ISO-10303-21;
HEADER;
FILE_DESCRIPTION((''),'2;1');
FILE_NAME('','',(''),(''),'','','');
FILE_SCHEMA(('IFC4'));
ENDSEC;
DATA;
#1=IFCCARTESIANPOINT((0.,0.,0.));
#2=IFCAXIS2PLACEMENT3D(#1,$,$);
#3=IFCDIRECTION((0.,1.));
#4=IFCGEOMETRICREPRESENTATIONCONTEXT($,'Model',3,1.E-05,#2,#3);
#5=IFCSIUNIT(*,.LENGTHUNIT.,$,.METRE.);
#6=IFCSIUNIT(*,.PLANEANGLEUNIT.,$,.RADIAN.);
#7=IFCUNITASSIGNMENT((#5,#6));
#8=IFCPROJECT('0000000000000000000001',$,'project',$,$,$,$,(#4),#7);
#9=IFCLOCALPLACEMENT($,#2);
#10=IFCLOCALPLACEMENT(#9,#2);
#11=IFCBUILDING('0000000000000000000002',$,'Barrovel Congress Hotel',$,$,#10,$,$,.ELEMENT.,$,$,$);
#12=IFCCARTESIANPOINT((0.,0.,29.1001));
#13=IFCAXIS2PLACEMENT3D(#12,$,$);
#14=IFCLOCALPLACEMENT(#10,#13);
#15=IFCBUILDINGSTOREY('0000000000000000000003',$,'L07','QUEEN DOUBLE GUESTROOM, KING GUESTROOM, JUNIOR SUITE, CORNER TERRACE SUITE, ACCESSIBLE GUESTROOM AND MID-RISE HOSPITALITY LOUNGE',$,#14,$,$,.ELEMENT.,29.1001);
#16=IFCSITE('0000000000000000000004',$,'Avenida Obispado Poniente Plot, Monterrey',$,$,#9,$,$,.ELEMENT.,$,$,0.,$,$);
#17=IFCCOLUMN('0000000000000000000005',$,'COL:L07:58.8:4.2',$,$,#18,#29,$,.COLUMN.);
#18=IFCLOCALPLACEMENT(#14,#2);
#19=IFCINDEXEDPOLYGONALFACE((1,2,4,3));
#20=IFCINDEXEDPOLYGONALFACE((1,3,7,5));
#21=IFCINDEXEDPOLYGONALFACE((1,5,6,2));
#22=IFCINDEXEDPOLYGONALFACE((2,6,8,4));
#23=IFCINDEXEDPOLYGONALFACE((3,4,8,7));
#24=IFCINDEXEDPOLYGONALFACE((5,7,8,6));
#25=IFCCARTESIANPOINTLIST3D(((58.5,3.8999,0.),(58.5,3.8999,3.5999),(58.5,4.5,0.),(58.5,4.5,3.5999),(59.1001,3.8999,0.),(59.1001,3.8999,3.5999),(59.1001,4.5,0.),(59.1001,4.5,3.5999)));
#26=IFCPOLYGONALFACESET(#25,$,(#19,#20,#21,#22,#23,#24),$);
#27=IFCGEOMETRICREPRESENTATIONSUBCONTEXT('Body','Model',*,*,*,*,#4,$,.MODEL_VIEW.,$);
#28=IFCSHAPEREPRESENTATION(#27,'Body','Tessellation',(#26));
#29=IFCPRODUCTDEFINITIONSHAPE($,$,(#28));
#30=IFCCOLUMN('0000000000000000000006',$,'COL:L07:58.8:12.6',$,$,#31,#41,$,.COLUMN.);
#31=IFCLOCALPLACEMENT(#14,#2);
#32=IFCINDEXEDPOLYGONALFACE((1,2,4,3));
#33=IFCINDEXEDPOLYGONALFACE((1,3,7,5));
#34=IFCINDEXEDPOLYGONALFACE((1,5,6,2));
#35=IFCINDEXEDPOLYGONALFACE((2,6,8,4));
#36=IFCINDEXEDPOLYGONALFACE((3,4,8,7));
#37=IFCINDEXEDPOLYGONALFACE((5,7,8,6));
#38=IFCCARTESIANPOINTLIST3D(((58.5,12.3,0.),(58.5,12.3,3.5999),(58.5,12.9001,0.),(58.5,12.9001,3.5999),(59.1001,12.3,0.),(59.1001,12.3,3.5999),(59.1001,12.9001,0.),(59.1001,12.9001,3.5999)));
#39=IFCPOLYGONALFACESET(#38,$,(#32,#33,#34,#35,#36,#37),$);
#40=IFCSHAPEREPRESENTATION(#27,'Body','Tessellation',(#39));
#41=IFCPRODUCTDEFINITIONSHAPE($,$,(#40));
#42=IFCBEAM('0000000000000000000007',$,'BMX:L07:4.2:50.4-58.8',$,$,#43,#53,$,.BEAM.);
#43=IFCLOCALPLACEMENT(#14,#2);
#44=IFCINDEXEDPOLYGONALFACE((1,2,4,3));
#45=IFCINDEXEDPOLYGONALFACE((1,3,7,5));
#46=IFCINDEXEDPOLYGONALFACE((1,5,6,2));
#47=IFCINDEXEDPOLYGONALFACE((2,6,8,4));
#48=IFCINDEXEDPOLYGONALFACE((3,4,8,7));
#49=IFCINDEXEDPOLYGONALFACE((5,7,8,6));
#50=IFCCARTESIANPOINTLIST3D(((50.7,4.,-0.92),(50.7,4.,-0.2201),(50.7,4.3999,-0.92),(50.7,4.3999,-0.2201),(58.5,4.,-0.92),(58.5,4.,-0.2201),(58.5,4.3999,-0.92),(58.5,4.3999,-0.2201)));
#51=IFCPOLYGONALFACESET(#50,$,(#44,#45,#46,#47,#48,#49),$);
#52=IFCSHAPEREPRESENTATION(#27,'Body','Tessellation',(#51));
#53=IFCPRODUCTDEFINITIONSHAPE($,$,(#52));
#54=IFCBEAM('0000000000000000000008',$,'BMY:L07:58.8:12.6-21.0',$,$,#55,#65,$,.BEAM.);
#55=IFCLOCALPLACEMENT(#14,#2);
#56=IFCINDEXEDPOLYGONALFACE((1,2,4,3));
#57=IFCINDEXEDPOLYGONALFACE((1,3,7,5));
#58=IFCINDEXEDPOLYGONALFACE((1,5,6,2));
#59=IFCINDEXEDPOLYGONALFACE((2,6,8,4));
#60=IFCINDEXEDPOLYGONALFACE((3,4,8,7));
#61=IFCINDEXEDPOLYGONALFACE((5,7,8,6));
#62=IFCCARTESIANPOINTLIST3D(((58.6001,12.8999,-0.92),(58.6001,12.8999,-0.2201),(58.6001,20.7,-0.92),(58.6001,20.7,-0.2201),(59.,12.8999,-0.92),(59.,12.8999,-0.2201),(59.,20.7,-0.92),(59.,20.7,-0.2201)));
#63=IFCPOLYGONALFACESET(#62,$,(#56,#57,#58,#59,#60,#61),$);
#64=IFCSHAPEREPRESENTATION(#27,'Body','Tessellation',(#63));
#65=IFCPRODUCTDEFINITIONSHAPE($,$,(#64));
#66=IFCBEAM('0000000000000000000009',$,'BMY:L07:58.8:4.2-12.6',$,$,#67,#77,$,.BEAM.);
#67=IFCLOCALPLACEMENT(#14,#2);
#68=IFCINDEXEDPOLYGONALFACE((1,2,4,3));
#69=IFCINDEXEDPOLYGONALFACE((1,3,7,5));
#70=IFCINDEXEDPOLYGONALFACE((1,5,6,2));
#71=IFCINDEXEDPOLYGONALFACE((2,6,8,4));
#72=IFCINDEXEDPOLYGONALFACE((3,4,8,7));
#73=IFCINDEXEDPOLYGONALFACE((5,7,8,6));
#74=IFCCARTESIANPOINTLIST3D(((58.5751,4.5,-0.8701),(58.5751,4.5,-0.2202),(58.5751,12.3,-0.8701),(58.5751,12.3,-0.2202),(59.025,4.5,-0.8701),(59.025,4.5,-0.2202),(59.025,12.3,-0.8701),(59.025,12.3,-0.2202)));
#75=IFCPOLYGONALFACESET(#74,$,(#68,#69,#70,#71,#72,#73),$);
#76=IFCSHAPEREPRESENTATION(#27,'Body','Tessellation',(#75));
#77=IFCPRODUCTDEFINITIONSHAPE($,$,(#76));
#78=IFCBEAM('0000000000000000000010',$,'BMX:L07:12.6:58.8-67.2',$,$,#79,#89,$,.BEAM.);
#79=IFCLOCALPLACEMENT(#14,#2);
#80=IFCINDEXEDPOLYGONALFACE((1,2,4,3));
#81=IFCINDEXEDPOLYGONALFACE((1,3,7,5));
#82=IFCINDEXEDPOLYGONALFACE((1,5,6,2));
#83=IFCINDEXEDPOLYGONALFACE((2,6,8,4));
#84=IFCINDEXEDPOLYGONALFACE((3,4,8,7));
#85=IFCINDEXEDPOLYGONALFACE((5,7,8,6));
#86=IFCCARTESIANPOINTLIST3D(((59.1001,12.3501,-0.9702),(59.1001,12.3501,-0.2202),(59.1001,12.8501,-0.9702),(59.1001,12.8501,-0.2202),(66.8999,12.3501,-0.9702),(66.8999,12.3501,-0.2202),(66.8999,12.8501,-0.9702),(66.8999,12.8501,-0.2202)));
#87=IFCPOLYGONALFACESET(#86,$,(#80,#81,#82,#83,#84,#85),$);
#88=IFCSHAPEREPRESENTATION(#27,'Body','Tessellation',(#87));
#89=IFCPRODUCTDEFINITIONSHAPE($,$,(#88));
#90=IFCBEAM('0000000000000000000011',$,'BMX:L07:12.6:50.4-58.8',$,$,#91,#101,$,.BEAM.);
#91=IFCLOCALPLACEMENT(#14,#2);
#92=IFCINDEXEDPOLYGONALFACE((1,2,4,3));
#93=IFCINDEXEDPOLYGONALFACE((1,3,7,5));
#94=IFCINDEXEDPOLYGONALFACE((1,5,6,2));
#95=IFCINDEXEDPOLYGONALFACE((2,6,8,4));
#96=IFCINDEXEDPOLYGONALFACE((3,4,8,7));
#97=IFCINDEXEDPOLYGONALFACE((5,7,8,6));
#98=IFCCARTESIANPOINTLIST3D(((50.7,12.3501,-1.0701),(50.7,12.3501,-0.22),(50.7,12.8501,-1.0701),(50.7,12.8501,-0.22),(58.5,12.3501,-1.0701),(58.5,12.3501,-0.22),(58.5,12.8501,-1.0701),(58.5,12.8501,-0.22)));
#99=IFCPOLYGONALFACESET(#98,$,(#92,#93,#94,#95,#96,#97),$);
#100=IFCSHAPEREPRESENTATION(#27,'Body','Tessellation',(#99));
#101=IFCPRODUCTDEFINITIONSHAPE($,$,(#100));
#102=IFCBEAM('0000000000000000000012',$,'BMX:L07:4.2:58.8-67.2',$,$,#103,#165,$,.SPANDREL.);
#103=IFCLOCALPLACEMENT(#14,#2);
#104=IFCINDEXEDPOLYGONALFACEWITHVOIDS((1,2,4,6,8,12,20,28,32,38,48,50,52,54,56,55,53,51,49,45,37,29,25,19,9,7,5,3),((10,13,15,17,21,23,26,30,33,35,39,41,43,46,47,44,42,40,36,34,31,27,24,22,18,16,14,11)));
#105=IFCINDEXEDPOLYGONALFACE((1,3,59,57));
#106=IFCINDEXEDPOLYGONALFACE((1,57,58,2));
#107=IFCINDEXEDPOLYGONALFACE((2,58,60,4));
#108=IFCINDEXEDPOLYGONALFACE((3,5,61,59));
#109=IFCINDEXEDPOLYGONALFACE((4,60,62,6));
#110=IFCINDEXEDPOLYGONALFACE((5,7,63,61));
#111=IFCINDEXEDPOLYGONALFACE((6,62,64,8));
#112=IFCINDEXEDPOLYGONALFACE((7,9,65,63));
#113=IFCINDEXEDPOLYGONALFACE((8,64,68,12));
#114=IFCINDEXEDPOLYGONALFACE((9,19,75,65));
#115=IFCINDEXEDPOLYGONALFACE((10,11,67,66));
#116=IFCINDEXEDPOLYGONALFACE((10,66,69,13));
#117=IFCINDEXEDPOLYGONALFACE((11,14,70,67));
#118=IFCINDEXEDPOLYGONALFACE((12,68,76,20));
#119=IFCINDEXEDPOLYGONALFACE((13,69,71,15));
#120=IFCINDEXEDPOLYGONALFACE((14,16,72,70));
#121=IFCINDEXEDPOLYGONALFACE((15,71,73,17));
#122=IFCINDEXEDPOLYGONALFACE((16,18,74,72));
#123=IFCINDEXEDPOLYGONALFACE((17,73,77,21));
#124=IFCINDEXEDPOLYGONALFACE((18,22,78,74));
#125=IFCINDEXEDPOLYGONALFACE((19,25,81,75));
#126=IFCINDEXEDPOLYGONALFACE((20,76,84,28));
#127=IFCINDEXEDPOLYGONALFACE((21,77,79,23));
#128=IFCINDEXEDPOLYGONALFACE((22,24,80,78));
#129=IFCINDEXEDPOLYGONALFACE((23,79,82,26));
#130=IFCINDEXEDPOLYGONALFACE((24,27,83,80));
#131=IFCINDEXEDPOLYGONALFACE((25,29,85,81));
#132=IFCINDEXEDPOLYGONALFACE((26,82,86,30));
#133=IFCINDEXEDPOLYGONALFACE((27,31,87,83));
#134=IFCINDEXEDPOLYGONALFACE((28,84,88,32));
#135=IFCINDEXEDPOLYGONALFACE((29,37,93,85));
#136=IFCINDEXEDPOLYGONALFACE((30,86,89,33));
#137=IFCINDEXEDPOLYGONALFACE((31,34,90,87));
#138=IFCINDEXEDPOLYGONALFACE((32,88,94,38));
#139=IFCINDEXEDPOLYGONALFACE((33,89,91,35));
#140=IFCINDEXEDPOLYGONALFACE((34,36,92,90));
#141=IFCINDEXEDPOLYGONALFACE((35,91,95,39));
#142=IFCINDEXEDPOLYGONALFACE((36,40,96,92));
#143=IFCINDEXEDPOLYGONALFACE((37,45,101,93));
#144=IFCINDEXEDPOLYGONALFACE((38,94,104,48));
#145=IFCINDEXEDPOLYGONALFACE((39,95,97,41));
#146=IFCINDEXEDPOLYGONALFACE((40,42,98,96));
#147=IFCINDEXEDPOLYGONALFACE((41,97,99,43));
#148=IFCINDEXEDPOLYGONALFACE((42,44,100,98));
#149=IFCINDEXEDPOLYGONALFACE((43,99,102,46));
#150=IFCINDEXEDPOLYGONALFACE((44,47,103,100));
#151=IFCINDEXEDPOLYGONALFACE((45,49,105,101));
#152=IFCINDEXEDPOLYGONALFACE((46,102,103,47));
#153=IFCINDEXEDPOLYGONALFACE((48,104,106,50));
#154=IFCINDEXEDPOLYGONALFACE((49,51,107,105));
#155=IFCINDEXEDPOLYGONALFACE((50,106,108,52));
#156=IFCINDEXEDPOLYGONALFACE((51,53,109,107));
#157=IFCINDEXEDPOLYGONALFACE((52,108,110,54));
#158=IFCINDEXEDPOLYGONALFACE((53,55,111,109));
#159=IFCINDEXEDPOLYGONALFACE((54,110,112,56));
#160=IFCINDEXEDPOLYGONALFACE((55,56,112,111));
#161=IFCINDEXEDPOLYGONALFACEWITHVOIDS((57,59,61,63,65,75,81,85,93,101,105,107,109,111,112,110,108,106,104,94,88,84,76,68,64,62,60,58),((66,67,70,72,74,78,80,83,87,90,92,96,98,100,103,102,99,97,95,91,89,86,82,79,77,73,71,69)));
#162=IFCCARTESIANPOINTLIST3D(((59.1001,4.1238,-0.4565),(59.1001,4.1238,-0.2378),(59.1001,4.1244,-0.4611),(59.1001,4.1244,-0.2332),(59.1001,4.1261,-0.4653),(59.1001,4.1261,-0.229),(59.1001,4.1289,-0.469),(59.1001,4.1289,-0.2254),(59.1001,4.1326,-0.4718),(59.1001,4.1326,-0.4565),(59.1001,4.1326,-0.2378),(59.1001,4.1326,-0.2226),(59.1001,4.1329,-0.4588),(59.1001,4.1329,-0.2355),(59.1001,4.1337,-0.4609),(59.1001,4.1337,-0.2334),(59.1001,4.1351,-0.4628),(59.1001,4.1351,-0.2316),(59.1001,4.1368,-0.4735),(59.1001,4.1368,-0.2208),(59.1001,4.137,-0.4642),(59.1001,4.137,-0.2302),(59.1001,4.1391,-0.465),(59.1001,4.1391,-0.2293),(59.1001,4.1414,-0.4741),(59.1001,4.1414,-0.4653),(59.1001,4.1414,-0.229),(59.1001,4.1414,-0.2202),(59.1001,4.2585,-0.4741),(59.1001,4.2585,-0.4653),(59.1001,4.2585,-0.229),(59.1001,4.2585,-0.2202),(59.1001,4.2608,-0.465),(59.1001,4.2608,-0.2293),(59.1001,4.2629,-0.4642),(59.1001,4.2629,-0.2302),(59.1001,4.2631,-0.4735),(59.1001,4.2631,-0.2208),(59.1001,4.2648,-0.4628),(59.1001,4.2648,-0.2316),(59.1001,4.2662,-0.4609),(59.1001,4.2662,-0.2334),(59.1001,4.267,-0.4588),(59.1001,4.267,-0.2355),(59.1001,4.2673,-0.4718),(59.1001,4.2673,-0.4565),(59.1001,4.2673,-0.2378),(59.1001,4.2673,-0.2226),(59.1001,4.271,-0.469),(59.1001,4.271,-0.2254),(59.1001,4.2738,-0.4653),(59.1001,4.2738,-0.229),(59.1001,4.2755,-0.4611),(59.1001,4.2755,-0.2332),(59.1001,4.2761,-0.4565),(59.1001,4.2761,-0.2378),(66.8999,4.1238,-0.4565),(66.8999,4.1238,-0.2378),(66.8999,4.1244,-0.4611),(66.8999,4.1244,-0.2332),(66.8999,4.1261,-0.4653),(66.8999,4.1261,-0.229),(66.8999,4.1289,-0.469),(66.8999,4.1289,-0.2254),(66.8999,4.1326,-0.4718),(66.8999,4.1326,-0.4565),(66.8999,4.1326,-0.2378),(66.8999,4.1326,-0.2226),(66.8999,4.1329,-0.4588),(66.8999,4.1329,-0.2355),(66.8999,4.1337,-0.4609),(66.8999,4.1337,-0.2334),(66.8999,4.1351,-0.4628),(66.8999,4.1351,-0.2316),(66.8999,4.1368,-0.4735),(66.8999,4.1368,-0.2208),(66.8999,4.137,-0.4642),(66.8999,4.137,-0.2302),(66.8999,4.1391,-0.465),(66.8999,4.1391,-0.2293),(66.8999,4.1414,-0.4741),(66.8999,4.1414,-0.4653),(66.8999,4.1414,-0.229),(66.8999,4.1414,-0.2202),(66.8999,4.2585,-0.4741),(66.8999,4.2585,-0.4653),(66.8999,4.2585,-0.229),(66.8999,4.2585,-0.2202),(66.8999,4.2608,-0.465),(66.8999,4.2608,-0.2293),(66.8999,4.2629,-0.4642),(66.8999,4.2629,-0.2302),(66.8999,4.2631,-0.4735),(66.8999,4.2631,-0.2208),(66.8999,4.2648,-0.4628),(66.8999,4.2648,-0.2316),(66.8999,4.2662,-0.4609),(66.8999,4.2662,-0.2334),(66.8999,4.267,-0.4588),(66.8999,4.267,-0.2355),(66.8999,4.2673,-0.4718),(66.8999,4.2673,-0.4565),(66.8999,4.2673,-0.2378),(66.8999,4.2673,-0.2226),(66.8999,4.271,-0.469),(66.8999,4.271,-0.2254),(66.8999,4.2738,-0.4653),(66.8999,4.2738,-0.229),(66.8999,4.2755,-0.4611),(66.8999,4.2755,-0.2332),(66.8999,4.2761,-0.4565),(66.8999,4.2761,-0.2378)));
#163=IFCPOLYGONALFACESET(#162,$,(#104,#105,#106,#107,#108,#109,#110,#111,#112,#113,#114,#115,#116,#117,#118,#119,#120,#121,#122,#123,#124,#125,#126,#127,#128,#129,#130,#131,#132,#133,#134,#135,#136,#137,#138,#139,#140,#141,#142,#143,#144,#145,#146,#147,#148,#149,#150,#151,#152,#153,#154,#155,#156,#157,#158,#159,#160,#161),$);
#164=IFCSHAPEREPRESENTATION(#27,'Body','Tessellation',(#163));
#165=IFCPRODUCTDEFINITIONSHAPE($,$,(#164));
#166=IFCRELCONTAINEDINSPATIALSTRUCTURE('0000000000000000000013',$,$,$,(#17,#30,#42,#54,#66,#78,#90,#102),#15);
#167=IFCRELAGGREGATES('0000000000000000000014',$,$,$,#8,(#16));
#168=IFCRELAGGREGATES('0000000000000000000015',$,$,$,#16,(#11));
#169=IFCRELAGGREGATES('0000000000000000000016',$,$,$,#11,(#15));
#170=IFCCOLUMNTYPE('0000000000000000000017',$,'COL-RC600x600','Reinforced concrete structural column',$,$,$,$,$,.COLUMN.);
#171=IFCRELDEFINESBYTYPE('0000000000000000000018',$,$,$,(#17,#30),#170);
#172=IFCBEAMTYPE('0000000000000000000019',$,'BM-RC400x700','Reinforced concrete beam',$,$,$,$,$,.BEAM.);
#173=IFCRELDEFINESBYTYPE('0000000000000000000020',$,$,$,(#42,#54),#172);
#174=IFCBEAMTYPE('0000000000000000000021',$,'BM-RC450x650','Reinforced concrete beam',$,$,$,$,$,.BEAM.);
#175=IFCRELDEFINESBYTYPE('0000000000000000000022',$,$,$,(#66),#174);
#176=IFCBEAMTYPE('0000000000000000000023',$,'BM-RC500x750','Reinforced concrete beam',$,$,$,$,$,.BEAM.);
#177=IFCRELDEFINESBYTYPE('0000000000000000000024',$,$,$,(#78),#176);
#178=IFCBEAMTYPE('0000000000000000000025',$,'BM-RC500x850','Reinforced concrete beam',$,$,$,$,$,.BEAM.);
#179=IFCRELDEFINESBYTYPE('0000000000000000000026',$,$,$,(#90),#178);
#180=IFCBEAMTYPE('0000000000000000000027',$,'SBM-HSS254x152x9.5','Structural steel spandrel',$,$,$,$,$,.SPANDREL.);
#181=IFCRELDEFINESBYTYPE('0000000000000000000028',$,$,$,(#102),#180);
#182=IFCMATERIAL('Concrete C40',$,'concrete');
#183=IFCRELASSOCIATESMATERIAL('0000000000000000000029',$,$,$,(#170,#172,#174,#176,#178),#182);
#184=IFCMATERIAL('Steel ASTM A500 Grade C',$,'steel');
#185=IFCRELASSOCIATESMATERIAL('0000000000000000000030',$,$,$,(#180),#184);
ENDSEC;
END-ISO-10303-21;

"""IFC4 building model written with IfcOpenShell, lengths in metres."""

from ifc_helpers import new_model, si_unit, direction, frame, origin, origin_2d, place, context, subcontext, project, spatial, rectangle, hollow_rectangle, extrude, material, material_profile, profile_set, type_object, element, save


model = new_model("IFC4")

# Units and contexts
model_context = context("Model", 3, precision=1e-05, world=origin(), true_north=direction((0.0, 1.0)))
body_context = subcontext(model_context, "Body", "Model", "MODEL_VIEW")
ifc_project = project(units=[si_unit("LENGTHUNIT", "METRE"), si_unit("PLANEANGLEUNIT", "RADIAN")], contexts=[model_context])

# Site, building, storey
site_placement = place(None, origin())
site = spatial("IfcSite", under=ifc_project, at=site_placement, Name="Avenida Obispado Poniente Plot, Monterrey", CompositionType="ELEMENT", RefElevation=0.0)
building_placement = place(site_placement, origin())
building = spatial("IfcBuilding", under=site, at=building_placement, Name="Barrovel Congress Hotel", CompositionType="ELEMENT")
storey_placement = place(building_placement, frame((0.0, 0.0, 29.1001)))
storey = spatial("IfcBuildingStorey", under=building, at=storey_placement, Name="L07", Description="QUEEN DOUBLE GUESTROOM, KING GUESTROOM, JUNIOR SUITE, CORNER TERRACE SUITE, ACCESSIBLE GUESTROOM AND MID-RISE HOSPITALITY LOUNGE", CompositionType="ELEMENT", Elevation=29.1001)

# Columns
ifc_material_1 = material(Name="Concrete C40", Category="concrete")
ifc_material_profile_1 = material_profile(ifc_material_1, rectangle(XDim=0.6001, YDim=0.6001, at=origin_2d()), Name="RC600x600")
ifc_profile_set_1 = profile_set([ifc_material_profile_1], Name="Concrete C40")
column_type = type_object("IfcColumnType", Name="COL-RC600x600", Description="Reinforced concrete structural column", PredefinedType="COLUMN", material=ifc_profile_set_1)
for number, where, z_axis, x_axis, name in (
    (1, (58.8, 4.2, 0.0), (0.0, 0.0, 1.0), (1.0, 0.0, 0.0), "COL:L07:58.8:4.2"),
    (2, (58.8, 12.6001, 0.0), (0.0, 0.0, 1.0), (1.0, 0.0, 0.0), "COL:L07:58.8:12.6"),
):
    element("IfcColumn", number, at=place(storey_placement, frame(where, z_axis=z_axis, x_axis=x_axis)), inside=storey, type_object=column_type, Name=name, PredefinedType="COLUMN", context=body_context, shape_type="SweptSolid", body=[
        extrude(rectangle(XDim=0.6001, YDim=0.6001, at=origin_2d()), origin(), (0.0, 0.0, 1.0), 3.5999),
    ])

# Beams
ifc_material_profile_2 = material_profile(ifc_material_1, rectangle(XDim=0.3999, YDim=0.7, at=origin_2d()), Name="RC400x700")
ifc_profile_set_2 = profile_set([ifc_material_profile_2], Name="Concrete C40")
beam_type_1 = type_object("IfcBeamType", Name="BM-RC400x700", Description="Reinforced concrete beam", PredefinedType="BEAM", material=ifc_profile_set_2)
for number, where, z_axis, x_axis, name in (
    (3, (50.7, 4.2, -0.5701), (1.0, 0.0, 0.0), (0.0, 1.0, 0.0), "BMX:L07:4.2:50.4-58.8"),
    (4, (58.8, 12.8999, -0.5701), (0.0, 1.0, 0.0), (-1.0, 0.0, 0.0), "BMY:L07:58.8:12.6-21.0"),
):
    element("IfcBeam", number, at=place(storey_placement, frame(where, z_axis=z_axis, x_axis=x_axis)), inside=storey, type_object=beam_type_1, Name=name, PredefinedType="BEAM", context=body_context, shape_type="SweptSolid", body=[
        extrude(rectangle(XDim=0.3999, YDim=0.7, at=origin_2d()), origin(), (0.0, 0.0, 1.0), 7.8),
    ])
ifc_material_profile_3 = material_profile(ifc_material_1, rectangle(XDim=0.45, YDim=0.6499, at=origin_2d()), Name="RC450x650")
ifc_profile_set_3 = profile_set([ifc_material_profile_3], Name="Concrete C40")
beam_type_2 = type_object("IfcBeamType", Name="BM-RC450x650", Description="Reinforced concrete beam", PredefinedType="BEAM", material=ifc_profile_set_3)
beam_1_placement = place(storey_placement, frame((58.8, 4.5, -0.5452), z_axis=(0.0, 1.0, 0.0), x_axis=(-1.0, 0.0, 0.0)))
element("IfcBeam", 5, at=beam_1_placement, inside=storey, type_object=beam_type_2, Name="BMY:L07:58.8:4.2-12.6", PredefinedType="BEAM", context=body_context, shape_type="SweptSolid", body=[
    extrude(rectangle(XDim=0.45, YDim=0.6499, at=origin_2d()), origin(), (0.0, 0.0, 1.0), 7.8),
])
ifc_material_profile_4 = material_profile(ifc_material_1, rectangle(XDim=0.5, YDim=0.75, at=origin_2d()), Name="RC500x750")
ifc_profile_set_4 = profile_set([ifc_material_profile_4], Name="Concrete C40")
beam_type_3 = type_object("IfcBeamType", Name="BM-RC500x750", Description="Reinforced concrete beam", PredefinedType="BEAM", material=ifc_profile_set_4)
beam_2_placement = place(storey_placement, frame((59.1001, 12.6001, -0.5952), z_axis=(1.0, 0.0, 0.0), x_axis=(0.0, 1.0, 0.0)))
element("IfcBeam", 6, at=beam_2_placement, inside=storey, type_object=beam_type_3, Name="BMX:L07:12.6:58.8-67.2", PredefinedType="BEAM", context=body_context, shape_type="SweptSolid", body=[
    extrude(rectangle(XDim=0.5, YDim=0.75, at=origin_2d()), origin(), (0.0, 0.0, 1.0), 7.7998),
])
ifc_material_profile_5 = material_profile(ifc_material_1, rectangle(XDim=0.5, YDim=0.8501, at=origin_2d()), Name="RC500x850")
ifc_profile_set_5 = profile_set([ifc_material_profile_5], Name="Concrete C40")
beam_type_4 = type_object("IfcBeamType", Name="BM-RC500x850", Description="Reinforced concrete beam", PredefinedType="BEAM", material=ifc_profile_set_5)
beam_3_placement = place(storey_placement, frame((50.7, 12.6001, -0.645), z_axis=(1.0, 0.0, 0.0), x_axis=(0.0, 1.0, 0.0)))
element("IfcBeam", 7, at=beam_3_placement, inside=storey, type_object=beam_type_4, Name="BMX:L07:12.6:50.4-58.8", PredefinedType="BEAM", context=body_context, shape_type="SweptSolid", body=[
    extrude(rectangle(XDim=0.5, YDim=0.8501, at=origin_2d()), origin(), (0.0, 0.0, 1.0), 7.8),
])
ifc_material_2 = material(Name="Steel ASTM A500 Grade C", Category="steel")
ifc_material_profile_6 = material_profile(ifc_material_2, hollow_rectangle(XDim=0.1523, YDim=0.2539, WallThickness=0.0088, InnerFilletRadius=0.0088, OuterFilletRadius=0.0176, at=origin_2d()), Name="HSS254x152x9.5")
ifc_profile_set_6 = profile_set([ifc_material_profile_6], Name="Steel ASTM A500 Grade C")
beam_type_5 = type_object("IfcBeamType", Name="SBM-HSS254x152x9.5", Description="Structural steel spandrel", PredefinedType="SPANDREL", material=ifc_profile_set_6)
beam_4_placement = place(storey_placement, frame((59.1001, 4.2, -0.3472), z_axis=(1.0, 0.0, 0.0), x_axis=(0.0, 1.0, 0.0)))
element("IfcBeam", 8, at=beam_4_placement, inside=storey, type_object=beam_type_5, Name="BMX:L07:4.2:58.8-67.2", PredefinedType="SPANDREL", context=body_context, shape_type="SweptSolid", body=[
    extrude(hollow_rectangle(XDim=0.1523, YDim=0.2539, WallThickness=0.0088, InnerFilletRadius=0.0088, OuterFilletRadius=0.0176, at=origin_2d()), origin(), (0.0, 0.0, 1.0), 7.7998),
])

save(model, "model.ifc")
